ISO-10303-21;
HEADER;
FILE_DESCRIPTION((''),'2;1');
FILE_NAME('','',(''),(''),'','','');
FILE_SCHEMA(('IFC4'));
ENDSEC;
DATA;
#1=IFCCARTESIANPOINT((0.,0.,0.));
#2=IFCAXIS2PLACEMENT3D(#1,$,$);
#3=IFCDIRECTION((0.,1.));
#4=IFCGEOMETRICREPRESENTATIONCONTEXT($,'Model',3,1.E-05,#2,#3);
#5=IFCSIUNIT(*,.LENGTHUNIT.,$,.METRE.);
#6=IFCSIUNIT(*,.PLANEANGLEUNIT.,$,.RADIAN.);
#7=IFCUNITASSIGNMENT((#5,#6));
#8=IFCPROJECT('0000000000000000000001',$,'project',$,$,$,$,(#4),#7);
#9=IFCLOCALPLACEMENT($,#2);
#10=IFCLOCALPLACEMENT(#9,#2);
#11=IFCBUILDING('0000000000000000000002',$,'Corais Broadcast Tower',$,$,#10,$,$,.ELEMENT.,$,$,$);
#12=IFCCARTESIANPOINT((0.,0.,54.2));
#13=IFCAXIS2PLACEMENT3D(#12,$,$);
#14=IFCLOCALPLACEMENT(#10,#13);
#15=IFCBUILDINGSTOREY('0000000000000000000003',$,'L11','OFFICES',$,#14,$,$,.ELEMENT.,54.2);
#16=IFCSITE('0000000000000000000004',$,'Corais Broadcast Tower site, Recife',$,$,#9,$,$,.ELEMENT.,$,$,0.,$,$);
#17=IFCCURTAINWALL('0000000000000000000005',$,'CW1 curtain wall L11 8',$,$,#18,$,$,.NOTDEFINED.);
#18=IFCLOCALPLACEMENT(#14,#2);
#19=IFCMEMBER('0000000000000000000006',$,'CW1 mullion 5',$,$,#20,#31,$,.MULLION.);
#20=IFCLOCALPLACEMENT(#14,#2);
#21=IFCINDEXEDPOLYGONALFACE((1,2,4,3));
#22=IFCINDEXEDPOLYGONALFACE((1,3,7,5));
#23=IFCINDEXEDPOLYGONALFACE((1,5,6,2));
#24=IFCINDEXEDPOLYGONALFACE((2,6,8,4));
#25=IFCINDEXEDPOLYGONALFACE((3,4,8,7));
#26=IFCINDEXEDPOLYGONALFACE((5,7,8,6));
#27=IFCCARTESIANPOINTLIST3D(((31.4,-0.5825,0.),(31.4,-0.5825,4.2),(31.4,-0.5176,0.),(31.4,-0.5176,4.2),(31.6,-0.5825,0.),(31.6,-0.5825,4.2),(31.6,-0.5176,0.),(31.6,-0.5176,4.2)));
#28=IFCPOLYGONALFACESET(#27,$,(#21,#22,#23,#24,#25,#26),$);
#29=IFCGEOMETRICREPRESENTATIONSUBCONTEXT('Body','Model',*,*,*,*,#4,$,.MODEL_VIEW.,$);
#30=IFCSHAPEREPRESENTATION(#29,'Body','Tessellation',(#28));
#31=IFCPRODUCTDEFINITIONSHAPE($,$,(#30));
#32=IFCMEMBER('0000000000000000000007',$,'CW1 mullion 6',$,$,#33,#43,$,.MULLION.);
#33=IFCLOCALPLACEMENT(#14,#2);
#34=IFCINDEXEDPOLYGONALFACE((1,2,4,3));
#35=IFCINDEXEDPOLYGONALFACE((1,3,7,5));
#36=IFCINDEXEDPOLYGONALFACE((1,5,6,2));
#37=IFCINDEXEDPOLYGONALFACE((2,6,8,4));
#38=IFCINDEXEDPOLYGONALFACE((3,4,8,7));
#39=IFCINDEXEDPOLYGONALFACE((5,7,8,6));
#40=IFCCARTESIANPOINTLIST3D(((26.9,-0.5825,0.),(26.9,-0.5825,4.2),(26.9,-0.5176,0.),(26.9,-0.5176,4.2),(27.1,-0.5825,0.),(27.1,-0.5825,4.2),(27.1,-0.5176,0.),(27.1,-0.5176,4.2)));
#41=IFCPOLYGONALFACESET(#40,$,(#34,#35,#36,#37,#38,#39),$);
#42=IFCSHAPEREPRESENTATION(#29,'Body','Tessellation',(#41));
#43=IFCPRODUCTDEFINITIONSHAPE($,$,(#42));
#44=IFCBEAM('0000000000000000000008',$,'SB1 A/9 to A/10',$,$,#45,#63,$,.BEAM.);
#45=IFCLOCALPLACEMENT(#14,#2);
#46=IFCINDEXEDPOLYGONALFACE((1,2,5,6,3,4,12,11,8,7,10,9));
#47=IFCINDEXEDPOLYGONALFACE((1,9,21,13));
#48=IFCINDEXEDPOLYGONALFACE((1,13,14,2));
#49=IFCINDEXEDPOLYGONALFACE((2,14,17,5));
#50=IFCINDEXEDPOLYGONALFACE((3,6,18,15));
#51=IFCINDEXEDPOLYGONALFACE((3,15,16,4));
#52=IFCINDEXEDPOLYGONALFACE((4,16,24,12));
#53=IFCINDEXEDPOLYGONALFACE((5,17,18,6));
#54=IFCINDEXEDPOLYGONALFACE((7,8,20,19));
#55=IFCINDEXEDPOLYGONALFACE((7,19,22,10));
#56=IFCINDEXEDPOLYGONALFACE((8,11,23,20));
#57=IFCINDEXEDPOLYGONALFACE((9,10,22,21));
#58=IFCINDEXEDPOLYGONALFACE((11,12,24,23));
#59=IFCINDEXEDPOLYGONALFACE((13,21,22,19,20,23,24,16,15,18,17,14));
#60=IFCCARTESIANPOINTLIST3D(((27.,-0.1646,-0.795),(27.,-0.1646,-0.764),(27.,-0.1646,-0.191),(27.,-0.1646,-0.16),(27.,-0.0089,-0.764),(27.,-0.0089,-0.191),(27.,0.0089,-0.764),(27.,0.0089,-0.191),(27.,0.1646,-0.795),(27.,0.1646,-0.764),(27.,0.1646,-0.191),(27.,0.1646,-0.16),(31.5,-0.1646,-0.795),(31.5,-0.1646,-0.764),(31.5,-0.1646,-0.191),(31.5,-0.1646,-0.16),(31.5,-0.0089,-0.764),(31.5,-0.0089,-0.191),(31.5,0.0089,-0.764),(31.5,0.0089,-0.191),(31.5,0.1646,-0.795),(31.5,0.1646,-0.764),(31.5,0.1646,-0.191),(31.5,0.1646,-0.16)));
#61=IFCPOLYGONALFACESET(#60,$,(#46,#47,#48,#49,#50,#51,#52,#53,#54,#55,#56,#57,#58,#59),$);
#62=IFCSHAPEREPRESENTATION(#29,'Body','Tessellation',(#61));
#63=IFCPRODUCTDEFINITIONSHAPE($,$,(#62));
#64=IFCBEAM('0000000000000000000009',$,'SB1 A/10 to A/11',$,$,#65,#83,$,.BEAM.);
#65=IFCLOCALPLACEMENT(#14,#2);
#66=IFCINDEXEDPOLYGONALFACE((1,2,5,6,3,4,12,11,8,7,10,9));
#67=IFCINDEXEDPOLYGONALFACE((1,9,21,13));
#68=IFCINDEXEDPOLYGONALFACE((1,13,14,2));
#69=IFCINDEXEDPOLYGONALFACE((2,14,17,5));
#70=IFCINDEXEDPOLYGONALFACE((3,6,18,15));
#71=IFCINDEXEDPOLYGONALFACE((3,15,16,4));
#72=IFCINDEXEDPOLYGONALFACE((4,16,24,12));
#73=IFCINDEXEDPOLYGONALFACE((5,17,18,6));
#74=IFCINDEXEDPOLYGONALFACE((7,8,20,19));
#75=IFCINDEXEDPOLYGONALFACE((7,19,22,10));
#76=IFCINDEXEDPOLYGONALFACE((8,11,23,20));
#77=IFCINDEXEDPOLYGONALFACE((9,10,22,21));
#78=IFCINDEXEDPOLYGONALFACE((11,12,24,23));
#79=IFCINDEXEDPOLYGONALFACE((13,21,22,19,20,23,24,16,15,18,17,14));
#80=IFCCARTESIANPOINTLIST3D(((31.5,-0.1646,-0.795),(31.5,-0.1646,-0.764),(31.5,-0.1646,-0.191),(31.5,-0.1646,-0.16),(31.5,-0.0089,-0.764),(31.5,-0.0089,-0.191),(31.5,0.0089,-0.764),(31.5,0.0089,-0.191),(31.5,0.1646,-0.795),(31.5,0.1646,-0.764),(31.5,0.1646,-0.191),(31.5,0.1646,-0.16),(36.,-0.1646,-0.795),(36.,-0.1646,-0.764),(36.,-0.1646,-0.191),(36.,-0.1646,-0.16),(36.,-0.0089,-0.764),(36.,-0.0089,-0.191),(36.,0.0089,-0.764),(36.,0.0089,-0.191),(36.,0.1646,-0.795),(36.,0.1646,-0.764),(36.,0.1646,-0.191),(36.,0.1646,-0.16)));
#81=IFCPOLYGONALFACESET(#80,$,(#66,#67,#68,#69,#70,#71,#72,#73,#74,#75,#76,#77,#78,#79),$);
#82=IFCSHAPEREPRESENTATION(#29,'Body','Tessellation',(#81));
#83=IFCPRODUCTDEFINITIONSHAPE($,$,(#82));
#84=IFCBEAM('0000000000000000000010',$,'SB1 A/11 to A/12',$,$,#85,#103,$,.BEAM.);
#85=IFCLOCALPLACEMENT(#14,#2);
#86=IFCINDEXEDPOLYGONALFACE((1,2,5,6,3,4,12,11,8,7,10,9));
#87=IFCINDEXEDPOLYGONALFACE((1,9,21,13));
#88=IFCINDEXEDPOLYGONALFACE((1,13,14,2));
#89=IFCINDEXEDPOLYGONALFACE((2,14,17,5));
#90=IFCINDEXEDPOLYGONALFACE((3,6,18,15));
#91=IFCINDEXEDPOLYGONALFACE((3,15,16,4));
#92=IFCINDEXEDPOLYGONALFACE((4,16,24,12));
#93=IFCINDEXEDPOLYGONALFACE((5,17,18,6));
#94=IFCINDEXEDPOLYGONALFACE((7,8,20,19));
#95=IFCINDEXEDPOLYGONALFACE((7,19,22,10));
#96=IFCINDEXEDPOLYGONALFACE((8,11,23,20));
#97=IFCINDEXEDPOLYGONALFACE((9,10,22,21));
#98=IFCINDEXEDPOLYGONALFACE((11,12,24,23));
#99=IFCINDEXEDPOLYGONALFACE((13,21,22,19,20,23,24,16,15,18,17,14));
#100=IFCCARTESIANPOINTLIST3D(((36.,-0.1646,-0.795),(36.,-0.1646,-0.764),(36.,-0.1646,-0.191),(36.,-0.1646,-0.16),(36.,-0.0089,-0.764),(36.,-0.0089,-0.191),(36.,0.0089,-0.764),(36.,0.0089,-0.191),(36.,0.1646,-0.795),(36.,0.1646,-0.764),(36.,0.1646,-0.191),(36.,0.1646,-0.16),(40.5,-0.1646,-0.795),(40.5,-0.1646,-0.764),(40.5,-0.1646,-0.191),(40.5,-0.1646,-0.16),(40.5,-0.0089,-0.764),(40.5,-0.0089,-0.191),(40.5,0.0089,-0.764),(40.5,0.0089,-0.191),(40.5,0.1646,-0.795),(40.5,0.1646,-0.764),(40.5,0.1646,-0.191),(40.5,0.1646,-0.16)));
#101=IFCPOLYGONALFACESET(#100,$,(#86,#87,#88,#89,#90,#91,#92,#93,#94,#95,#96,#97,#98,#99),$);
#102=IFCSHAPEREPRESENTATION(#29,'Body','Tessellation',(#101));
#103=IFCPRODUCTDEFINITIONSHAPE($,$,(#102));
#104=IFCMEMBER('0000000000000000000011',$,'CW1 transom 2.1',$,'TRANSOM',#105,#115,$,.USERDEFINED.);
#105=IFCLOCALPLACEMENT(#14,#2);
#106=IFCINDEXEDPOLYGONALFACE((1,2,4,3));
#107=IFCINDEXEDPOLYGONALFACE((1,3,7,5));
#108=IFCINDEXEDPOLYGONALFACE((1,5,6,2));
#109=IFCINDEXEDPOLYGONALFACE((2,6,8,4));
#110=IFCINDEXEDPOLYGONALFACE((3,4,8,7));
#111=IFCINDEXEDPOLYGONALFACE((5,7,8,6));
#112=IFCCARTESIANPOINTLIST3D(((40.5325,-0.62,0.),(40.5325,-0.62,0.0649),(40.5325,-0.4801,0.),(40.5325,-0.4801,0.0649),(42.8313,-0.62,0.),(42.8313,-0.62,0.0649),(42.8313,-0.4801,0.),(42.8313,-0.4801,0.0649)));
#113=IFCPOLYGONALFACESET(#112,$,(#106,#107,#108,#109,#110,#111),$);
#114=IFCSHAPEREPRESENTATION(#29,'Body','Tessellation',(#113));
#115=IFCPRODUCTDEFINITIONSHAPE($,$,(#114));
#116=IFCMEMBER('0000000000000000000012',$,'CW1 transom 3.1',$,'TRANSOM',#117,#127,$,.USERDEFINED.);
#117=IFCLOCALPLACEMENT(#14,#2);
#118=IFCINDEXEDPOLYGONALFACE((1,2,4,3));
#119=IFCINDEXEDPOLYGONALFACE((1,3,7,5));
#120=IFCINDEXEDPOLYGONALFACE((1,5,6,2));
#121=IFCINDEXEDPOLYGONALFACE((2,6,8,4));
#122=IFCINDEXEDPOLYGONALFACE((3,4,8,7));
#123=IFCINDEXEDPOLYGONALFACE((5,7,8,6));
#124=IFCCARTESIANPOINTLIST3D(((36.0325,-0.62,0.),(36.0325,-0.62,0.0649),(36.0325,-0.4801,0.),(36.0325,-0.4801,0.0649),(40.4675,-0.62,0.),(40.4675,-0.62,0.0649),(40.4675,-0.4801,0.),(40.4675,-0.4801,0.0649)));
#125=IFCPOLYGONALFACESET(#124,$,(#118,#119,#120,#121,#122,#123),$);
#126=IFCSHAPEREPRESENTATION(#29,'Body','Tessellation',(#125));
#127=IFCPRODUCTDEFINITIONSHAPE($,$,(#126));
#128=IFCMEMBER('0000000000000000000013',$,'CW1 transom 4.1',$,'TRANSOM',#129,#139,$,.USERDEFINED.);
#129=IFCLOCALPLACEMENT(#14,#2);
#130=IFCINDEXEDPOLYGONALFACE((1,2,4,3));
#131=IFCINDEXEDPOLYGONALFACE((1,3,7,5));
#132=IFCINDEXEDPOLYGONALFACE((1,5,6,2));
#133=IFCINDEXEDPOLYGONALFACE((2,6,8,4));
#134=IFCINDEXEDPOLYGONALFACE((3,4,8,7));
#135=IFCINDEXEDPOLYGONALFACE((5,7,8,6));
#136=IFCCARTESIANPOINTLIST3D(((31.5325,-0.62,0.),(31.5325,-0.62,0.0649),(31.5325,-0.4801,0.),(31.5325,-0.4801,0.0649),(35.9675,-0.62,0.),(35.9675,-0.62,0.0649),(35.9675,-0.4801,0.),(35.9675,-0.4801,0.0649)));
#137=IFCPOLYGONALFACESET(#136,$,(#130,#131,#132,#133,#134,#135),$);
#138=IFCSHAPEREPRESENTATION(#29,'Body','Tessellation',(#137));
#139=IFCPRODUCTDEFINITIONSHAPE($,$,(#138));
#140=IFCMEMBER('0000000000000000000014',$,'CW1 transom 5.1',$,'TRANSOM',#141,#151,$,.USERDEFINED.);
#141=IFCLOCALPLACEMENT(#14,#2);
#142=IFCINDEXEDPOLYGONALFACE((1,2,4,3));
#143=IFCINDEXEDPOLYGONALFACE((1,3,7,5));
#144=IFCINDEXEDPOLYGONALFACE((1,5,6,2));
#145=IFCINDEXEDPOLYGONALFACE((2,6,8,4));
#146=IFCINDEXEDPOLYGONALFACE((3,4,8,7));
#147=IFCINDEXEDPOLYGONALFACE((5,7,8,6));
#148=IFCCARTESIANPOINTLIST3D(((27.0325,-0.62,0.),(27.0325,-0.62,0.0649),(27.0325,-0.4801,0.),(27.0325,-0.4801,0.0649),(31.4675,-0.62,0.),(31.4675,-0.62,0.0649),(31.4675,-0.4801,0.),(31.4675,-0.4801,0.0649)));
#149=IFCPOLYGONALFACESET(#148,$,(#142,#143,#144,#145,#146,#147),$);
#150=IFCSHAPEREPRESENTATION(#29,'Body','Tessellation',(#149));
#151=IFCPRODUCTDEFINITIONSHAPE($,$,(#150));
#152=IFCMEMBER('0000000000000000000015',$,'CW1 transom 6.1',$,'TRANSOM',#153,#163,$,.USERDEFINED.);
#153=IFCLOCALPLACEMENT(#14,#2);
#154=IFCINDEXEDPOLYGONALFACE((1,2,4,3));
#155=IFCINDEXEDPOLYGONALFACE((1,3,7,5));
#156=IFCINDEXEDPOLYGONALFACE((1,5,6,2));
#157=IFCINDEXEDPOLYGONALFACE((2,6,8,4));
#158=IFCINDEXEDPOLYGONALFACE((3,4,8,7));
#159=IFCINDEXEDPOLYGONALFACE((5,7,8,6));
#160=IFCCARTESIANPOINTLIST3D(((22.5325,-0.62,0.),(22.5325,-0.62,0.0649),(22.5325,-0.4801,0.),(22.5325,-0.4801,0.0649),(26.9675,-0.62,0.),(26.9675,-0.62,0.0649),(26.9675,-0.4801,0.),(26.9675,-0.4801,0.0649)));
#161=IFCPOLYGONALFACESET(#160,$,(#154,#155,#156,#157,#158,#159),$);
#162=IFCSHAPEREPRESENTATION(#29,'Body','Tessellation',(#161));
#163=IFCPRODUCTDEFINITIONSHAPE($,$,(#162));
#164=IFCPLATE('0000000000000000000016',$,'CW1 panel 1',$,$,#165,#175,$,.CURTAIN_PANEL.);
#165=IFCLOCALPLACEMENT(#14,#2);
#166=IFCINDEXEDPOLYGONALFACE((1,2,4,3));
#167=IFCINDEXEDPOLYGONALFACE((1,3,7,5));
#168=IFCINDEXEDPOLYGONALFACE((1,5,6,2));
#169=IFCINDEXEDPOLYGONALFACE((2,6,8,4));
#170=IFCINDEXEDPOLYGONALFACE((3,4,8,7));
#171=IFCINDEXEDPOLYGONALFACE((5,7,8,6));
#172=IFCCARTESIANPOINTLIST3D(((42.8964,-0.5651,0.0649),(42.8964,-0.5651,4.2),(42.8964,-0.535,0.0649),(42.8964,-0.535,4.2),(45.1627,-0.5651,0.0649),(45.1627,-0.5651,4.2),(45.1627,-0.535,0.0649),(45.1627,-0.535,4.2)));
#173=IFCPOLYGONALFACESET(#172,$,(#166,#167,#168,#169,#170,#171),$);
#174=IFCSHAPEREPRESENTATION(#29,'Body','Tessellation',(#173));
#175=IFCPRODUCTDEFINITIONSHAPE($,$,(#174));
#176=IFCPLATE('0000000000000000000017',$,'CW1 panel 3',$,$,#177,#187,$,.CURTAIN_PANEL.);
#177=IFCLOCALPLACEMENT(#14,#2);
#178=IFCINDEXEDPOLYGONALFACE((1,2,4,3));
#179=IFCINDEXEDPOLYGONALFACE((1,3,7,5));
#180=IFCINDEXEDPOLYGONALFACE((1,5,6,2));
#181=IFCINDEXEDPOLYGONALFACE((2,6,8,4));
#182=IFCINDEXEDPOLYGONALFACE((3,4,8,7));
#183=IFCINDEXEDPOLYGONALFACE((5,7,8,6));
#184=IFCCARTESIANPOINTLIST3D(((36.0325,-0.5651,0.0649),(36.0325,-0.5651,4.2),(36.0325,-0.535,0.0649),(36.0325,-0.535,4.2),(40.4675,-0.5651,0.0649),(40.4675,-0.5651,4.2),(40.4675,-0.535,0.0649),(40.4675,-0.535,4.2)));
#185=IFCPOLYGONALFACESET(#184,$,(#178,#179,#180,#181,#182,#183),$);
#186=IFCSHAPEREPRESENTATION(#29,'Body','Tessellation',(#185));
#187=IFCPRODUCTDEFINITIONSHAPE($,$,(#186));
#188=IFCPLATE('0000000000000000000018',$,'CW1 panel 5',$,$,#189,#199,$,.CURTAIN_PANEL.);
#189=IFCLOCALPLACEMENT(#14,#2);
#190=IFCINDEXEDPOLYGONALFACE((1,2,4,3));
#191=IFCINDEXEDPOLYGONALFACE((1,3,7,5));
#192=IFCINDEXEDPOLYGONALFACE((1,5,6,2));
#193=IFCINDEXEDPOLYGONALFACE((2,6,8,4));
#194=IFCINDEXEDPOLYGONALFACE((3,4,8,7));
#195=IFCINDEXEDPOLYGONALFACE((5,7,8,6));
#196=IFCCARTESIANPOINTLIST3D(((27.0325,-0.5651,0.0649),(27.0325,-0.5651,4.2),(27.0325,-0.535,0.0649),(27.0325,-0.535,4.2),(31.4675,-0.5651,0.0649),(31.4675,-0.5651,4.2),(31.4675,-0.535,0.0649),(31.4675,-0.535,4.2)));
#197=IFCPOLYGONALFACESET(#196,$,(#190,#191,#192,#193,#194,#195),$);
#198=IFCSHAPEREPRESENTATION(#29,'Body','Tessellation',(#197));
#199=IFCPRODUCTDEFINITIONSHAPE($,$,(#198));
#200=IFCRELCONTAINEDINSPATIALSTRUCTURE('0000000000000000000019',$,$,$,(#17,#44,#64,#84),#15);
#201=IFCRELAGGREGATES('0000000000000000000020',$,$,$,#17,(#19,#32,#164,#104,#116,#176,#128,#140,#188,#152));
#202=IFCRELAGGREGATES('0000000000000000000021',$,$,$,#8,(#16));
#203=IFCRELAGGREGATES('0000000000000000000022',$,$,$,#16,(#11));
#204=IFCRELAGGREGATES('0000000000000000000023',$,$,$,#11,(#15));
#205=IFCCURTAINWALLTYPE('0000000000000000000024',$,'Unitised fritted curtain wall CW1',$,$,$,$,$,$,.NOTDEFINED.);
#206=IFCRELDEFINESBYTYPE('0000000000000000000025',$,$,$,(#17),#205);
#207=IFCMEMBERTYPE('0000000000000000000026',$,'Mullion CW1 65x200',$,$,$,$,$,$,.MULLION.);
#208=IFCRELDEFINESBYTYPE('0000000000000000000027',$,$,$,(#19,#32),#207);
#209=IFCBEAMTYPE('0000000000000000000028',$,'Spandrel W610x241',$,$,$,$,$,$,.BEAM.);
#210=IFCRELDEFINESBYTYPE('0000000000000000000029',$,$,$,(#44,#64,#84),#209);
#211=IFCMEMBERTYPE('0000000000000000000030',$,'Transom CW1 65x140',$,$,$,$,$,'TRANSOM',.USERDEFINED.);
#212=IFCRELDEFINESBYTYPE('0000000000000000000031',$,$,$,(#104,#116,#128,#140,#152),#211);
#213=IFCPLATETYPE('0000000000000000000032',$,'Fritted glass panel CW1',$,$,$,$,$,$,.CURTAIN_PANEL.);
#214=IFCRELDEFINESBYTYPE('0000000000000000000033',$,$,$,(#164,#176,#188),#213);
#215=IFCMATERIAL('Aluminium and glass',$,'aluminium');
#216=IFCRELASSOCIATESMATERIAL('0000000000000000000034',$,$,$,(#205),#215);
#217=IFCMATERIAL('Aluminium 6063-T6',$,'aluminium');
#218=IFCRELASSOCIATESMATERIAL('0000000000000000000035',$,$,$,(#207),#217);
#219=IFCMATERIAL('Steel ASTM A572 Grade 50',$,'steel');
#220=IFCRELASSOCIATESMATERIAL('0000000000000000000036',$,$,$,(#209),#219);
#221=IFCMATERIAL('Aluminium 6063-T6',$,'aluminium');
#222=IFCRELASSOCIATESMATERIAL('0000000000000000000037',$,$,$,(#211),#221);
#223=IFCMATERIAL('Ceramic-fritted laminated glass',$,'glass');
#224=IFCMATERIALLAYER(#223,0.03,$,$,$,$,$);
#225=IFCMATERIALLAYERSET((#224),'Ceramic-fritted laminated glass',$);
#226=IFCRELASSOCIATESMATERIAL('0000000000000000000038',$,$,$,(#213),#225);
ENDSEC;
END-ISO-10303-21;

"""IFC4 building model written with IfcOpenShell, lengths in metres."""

from ifc_helpers import new_model, si_unit, direction, frame, origin, origin_2d, place, context, subcontext, project, spatial, rectangle, i_section, extrude, material, layer, layer_set, material_profile, profile_set, type_object, element, aggregate, save


model = new_model("IFC4")

# Units and contexts
model_context = context("Model", 3, precision=1e-05, world=origin(), true_north=direction((0.0, 1.0)))
body_context = subcontext(model_context, "Body", "Model", "MODEL_VIEW")
ifc_project = project(units=[si_unit("LENGTHUNIT", "METRE"), si_unit("PLANEANGLEUNIT", "RADIAN")], contexts=[model_context])

# Site, building, storey
site_placement = place(None, origin())
site = spatial("IfcSite", under=ifc_project, at=site_placement, Name="Corais Broadcast Tower site, Recife", CompositionType="ELEMENT", RefElevation=0.0)
building_placement = place(site_placement, origin())
building = spatial("IfcBuilding", under=site, at=building_placement, Name="Corais Broadcast Tower", CompositionType="ELEMENT")
storey_placement = place(building_placement, frame((0.0, 0.0, 54.2)))
storey = spatial("IfcBuildingStorey", under=building, at=storey_placement, Name="L11", Description="OFFICES", CompositionType="ELEMENT", Elevation=54.2)

# Curtain wall, members
ifc_material_1 = material(Name="Aluminium and glass", Category="aluminium")
curtain_wall_type = type_object("IfcCurtainWallType", Name="Unitised fritted curtain wall CW1", PredefinedType="NOTDEFINED", material=ifc_material_1)
curtain_wall_placement = place(storey_placement, origin())
curtain_wall = element("IfcCurtainWall", 1, at=curtain_wall_placement, inside=storey, type_object=curtain_wall_type, Name="CW1 curtain wall L11 8", PredefinedType="NOTDEFINED")
ifc_material_2 = material(Name="Aluminium 6063-T6", Category="aluminium")
ifc_material_profile_1 = material_profile(ifc_material_2, rectangle(XDim=0.0649, YDim=0.2, at=origin_2d()), Name="Mullion CW1 65x200")
ifc_profile_set_1 = profile_set([ifc_material_profile_1], Name="Aluminium 6063-T6")
member_type_1 = type_object("IfcMemberType", Name="Mullion CW1 65x200", PredefinedType="MULLION", material=ifc_profile_set_1)
member_1_placement = place(storey_placement, frame((31.5, -0.55, 0.0), z_axis=(0.0, 0.0, 1.0), x_axis=(0.0, -1.0, 0.0)))
member_1 = element("IfcMember", 2, at=member_1_placement, type_object=member_type_1, Name="CW1 mullion 5", PredefinedType="MULLION", context=body_context, shape_type="SweptSolid", body=[
    extrude(rectangle(XDim=0.0649, YDim=0.2, at=origin_2d()), origin(), (0.0, 0.0, 1.0), 4.2),
])
member_2_placement = place(storey_placement, frame((27.0, -0.55, 0.0), z_axis=(0.0, 0.0, 1.0), x_axis=(0.0, -1.0, 0.0)))
member_2 = element("IfcMember", 3, at=member_2_placement, type_object=member_type_1, Name="CW1 mullion 6", PredefinedType="MULLION", context=body_context, shape_type="SweptSolid", body=[
    extrude(rectangle(XDim=0.0649, YDim=0.2, at=origin_2d()), origin(), (0.0, 0.0, 1.0), 4.2),
])

# Beams
ifc_material_3 = material(Name="Steel ASTM A572 Grade 50", Category="steel")
ifc_material_profile_2 = material_profile(ifc_material_3, i_section(OverallWidth=0.3291, OverallDepth=0.635, WebThickness=0.0178, FlangeThickness=0.031, at=origin_2d()), Name="W610x241")
ifc_profile_set_2 = profile_set([ifc_material_profile_2], Name="Steel ASTM A572 Grade 50")
beam_type_1 = type_object("IfcBeamType", Name="Spandrel W610x241", PredefinedType="BEAM", material=ifc_profile_set_2)
for number, where, z_axis, x_axis, name in (
    (4, (27.0, 0.0, -0.4775), (1.0, 0.0, 0.0), (0.0, 1.0, 0.0), "SB1 A/9 to A/10"),
    (5, (31.5, 0.0, -0.4775), (1.0, 0.0, 0.0), (0.0, 1.0, 0.0), "SB1 A/10 to A/11"),
    (6, (36.0, 0.0, -0.4775), (1.0, 0.0, 0.0), (0.0, 1.0, 0.0), "SB1 A/11 to A/12"),
):
    element("IfcBeam", number, at=place(storey_placement, frame(where, z_axis=z_axis, x_axis=x_axis)), inside=storey, type_object=beam_type_1, Name=name, PredefinedType="BEAM", context=body_context, shape_type="SweptSolid", body=[
        extrude(i_section(OverallWidth=0.3291, OverallDepth=0.635, WebThickness=0.0178, FlangeThickness=0.031, at=origin_2d()), origin(), (0.0, 0.0, 1.0), 4.5),
    ])

# Members
ifc_material_4 = material(Name="Aluminium 6063-T6", Category="aluminium")
ifc_material_profile_3 = material_profile(ifc_material_4, rectangle(XDim=0.1399, YDim=0.0649, at=origin_2d()), Name="Transom CW1 65x140")
ifc_profile_set_3 = profile_set([ifc_material_profile_3], Name="Aluminium 6063-T6")
member_type_2 = type_object("IfcMemberType", Name="Transom CW1 65x140", ElementType="TRANSOM", PredefinedType="USERDEFINED", material=ifc_profile_set_3)
member_3_placement = place(storey_placement, frame((42.8313, -0.55, 0.0325), z_axis=(-1.0, 0.0, 0.0), x_axis=(0.0, -1.0, 0.0)))
member_3 = element("IfcMember", 7, at=member_3_placement, type_object=member_type_2, Name="CW1 transom 2.1", ObjectType="TRANSOM", PredefinedType="USERDEFINED", context=body_context, shape_type="SweptSolid", body=[
    extrude(rectangle(XDim=0.1399, YDim=0.0649, at=origin_2d()), origin(), (0.0, 0.0, 1.0), 2.2988),
])
member_4_placement = place(storey_placement, frame((40.4675, -0.55, 0.0325), z_axis=(-1.0, 0.0, 0.0), x_axis=(0.0, -1.0, 0.0)))
member_4 = element("IfcMember", 8, at=member_4_placement, type_object=member_type_2, Name="CW1 transom 3.1", ObjectType="TRANSOM", PredefinedType="USERDEFINED", context=body_context, shape_type="SweptSolid", body=[
    extrude(rectangle(XDim=0.1399, YDim=0.0649, at=origin_2d()), origin(), (0.0, 0.0, 1.0), 4.4351),
])
member_5_placement = place(storey_placement, frame((35.9675, -0.55, 0.0325), z_axis=(-1.0, 0.0, 0.0), x_axis=(0.0, -1.0, 0.0)))
member_5 = element("IfcMember", 9, at=member_5_placement, type_object=member_type_2, Name="CW1 transom 4.1", ObjectType="TRANSOM", PredefinedType="USERDEFINED", context=body_context, shape_type="SweptSolid", body=[
    extrude(rectangle(XDim=0.1399, YDim=0.0649, at=origin_2d()), origin(), (0.0, 0.0, 1.0), 4.4351),
])
member_6_placement = place(storey_placement, frame((31.4675, -0.55, 0.0325), z_axis=(-1.0, 0.0, 0.0), x_axis=(0.0, -1.0, 0.0)))
member_6 = element("IfcMember", 10, at=member_6_placement, type_object=member_type_2, Name="CW1 transom 5.1", ObjectType="TRANSOM", PredefinedType="USERDEFINED", context=body_context, shape_type="SweptSolid", body=[
    extrude(rectangle(XDim=0.1399, YDim=0.0649, at=origin_2d()), origin(), (0.0, 0.0, 1.0), 4.4351),
])
member_7_placement = place(storey_placement, frame((26.9675, -0.55, 0.0325), z_axis=(-1.0, 0.0, 0.0), x_axis=(0.0, -1.0, 0.0)))
member_7 = element("IfcMember", 11, at=member_7_placement, type_object=member_type_2, Name="CW1 transom 6.1", ObjectType="TRANSOM", PredefinedType="USERDEFINED", context=body_context, shape_type="SweptSolid", body=[
    extrude(rectangle(XDim=0.1399, YDim=0.0649, at=origin_2d()), origin(), (0.0, 0.0, 1.0), 4.4351),
])

# Plates
ifc_material_5 = material(Name="Ceramic-fritted laminated glass", Category="glass")
ifc_layer_1 = layer(ifc_material_5, 0.03)
ifc_layer_set_1 = layer_set([ifc_layer_1], Name="Ceramic-fritted laminated glass")
plate_type_1 = type_object("IfcPlateType", Name="Fritted glass panel CW1", PredefinedType="CURTAIN_PANEL", material=ifc_layer_set_1)
plate_1_placement = place(storey_placement, frame((44.0295, -0.55, 0.0649), z_axis=(0.0, 0.0, 1.0), x_axis=(-1.0, 0.0, 0.0)))
plate_1 = element("IfcPlate", 12, at=plate_1_placement, type_object=plate_type_1, Name="CW1 panel 1", PredefinedType="CURTAIN_PANEL", context=body_context, shape_type="SweptSolid", body=[
    extrude(rectangle(XDim=2.2664, YDim=0.03, at=origin_2d()), origin(), (0.0, 0.0, 1.0), 4.135),
])
plate_2_placement = place(storey_placement, frame((38.25, -0.55, 0.0649), z_axis=(0.0, 0.0, 1.0), x_axis=(-1.0, 0.0, 0.0)))
plate_2 = element("IfcPlate", 13, at=plate_2_placement, type_object=plate_type_1, Name="CW1 panel 3", PredefinedType="CURTAIN_PANEL", context=body_context, shape_type="SweptSolid", body=[
    extrude(rectangle(XDim=4.4351, YDim=0.03, at=origin_2d()), origin(), (0.0, 0.0, 1.0), 4.135),
])
plate_3_placement = place(storey_placement, frame((29.25, -0.55, 0.0649), z_axis=(0.0, 0.0, 1.0), x_axis=(-1.0, 0.0, 0.0)))
plate_3 = element("IfcPlate", 14, at=plate_3_placement, type_object=plate_type_1, Name="CW1 panel 5", PredefinedType="CURTAIN_PANEL", context=body_context, shape_type="SweptSolid", body=[
    extrude(rectangle(XDim=4.4351, YDim=0.03, at=origin_2d()), origin(), (0.0, 0.0, 1.0), 4.135),
])
aggregate(curtain_wall, [member_1, member_2, plate_1, member_3, member_4, plate_2, member_5, member_6, plate_3, member_7])

save(model, "model.ifc")
